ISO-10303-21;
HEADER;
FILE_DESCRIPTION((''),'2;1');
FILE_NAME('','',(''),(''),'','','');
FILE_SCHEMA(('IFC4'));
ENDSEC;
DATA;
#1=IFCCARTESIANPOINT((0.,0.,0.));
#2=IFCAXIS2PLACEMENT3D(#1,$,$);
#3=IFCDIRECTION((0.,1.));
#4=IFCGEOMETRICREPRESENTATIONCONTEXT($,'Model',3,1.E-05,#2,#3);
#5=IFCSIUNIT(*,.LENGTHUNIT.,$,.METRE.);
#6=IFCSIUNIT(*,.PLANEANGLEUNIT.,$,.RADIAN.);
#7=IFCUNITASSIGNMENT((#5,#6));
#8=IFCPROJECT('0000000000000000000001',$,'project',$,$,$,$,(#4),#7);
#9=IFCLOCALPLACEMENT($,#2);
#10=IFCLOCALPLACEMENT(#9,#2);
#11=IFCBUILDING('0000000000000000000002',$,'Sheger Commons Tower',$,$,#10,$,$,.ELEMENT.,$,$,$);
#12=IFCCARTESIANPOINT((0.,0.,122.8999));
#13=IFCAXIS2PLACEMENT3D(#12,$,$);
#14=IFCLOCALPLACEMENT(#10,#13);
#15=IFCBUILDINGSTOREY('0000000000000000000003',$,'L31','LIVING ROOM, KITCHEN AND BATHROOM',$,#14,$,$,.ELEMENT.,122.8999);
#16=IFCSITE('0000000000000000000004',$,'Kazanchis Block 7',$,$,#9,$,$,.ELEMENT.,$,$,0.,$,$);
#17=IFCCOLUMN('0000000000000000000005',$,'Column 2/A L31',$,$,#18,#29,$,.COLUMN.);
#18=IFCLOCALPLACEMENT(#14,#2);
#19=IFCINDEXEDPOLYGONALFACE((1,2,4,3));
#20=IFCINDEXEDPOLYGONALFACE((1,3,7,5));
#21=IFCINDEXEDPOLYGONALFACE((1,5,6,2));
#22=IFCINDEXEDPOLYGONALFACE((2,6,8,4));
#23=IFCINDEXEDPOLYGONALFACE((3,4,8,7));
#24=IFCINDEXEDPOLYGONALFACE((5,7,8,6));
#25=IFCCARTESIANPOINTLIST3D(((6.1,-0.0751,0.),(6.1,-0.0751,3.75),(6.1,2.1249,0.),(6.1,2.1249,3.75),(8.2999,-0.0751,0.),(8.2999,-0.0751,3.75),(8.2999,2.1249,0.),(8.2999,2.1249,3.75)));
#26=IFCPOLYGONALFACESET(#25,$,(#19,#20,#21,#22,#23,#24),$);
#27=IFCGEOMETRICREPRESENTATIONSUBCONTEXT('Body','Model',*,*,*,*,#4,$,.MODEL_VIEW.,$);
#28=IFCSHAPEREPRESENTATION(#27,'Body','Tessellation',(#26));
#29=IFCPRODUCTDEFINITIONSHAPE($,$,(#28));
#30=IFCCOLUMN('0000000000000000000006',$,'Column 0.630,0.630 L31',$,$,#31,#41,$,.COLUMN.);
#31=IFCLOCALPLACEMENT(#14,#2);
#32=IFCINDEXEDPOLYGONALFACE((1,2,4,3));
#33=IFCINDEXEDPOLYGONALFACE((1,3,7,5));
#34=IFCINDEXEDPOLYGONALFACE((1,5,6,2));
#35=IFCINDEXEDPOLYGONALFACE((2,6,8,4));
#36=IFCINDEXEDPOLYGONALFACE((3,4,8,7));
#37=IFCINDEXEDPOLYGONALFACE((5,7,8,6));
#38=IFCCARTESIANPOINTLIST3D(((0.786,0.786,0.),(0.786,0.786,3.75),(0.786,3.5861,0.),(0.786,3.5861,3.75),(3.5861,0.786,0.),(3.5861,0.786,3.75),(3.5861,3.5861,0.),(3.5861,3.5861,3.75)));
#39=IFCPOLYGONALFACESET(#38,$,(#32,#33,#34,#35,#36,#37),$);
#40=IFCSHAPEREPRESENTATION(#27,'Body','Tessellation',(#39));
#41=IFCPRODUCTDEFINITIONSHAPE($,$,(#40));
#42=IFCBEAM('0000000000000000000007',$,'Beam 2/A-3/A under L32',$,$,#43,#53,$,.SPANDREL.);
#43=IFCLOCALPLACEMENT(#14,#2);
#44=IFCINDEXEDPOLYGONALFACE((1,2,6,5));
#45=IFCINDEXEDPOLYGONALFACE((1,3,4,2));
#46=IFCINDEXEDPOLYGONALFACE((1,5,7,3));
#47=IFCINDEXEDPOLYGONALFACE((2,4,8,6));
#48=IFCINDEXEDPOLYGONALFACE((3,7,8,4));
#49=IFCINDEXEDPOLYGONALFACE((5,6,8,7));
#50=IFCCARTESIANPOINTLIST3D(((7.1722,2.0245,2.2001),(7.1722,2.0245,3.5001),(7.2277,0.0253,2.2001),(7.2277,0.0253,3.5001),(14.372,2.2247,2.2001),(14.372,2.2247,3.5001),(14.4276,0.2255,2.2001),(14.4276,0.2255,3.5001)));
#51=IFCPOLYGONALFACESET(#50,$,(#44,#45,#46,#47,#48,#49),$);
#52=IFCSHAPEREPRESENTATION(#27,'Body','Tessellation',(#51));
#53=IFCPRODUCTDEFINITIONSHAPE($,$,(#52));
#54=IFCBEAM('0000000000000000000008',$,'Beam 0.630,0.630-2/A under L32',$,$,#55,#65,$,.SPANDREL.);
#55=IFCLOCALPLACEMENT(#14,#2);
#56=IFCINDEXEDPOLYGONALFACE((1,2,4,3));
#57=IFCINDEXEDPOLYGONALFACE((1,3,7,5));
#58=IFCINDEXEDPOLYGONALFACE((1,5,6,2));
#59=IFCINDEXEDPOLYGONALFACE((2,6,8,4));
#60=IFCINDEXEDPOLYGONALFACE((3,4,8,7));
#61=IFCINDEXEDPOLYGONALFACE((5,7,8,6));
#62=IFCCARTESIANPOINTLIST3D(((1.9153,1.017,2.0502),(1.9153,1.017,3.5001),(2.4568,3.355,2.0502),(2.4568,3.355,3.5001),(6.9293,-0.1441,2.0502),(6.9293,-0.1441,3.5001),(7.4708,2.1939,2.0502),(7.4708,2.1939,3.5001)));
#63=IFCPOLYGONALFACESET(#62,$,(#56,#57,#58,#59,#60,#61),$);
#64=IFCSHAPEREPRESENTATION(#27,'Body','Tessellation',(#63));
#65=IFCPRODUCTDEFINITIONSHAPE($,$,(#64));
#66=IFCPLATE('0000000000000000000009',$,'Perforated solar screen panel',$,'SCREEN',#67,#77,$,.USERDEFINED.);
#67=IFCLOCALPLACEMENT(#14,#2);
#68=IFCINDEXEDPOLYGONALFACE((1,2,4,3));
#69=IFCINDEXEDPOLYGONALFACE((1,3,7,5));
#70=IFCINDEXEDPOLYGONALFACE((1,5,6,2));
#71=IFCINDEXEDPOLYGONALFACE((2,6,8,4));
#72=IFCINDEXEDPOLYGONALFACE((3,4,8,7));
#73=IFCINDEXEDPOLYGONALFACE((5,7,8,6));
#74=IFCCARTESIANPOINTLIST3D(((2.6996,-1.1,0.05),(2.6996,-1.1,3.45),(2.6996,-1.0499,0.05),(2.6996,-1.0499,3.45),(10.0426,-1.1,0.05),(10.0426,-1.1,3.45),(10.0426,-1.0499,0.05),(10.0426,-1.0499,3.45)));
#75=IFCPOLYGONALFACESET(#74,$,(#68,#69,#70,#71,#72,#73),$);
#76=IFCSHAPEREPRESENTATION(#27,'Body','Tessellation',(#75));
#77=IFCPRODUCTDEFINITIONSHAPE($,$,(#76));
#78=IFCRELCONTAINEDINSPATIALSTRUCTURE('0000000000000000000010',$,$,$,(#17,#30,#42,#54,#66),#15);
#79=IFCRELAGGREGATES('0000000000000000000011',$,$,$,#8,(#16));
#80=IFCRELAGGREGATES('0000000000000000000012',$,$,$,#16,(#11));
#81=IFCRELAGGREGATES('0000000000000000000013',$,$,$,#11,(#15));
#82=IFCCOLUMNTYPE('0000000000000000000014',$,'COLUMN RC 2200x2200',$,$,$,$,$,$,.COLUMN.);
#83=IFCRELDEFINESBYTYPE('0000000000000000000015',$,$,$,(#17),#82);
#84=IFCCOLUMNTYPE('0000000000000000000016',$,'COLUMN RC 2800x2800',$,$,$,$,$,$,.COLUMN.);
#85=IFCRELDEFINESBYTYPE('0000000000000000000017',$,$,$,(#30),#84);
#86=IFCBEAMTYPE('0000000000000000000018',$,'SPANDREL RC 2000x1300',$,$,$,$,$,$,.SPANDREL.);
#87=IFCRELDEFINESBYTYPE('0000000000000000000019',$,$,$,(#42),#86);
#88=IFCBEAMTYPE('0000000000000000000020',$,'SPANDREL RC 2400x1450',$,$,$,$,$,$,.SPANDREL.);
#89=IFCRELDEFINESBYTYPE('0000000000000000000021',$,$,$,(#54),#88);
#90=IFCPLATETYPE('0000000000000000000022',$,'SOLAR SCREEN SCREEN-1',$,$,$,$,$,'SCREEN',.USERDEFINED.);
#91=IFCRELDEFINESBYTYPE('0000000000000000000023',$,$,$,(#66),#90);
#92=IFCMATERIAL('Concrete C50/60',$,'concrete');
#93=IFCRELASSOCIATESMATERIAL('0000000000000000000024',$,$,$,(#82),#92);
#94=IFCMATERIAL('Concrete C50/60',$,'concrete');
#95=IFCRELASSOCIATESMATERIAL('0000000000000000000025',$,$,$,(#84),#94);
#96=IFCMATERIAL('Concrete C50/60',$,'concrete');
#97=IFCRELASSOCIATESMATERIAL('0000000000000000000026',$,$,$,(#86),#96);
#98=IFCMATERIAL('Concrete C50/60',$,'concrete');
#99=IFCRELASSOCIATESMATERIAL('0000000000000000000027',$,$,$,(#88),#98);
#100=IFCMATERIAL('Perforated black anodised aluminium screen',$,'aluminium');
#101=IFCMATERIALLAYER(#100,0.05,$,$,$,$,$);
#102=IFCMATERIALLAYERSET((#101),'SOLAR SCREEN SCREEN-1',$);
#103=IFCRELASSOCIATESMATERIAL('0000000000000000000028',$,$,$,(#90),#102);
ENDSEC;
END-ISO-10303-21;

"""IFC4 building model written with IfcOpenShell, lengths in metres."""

from ifc_helpers import new_model, si_unit, direction, frame, origin, origin_2d, place, context, subcontext, project, spatial, rectangle, extrude, material, layer, layer_set, material_profile, profile_set, type_object, element, save


model = new_model("IFC4")

# Units and contexts
model_context = context("Model", 3, precision=1e-05, world=origin(), true_north=direction((0.0, 1.0)))
body_context = subcontext(model_context, "Body", "Model", "MODEL_VIEW")
ifc_project = project(units=[si_unit("LENGTHUNIT", "METRE"), si_unit("PLANEANGLEUNIT", "RADIAN")], contexts=[model_context])

# Site, building, storey
site_placement = place(None, origin())
site = spatial("IfcSite", under=ifc_project, at=site_placement, Name="Kazanchis Block 7", CompositionType="ELEMENT", RefElevation=0.0)
building_placement = place(site_placement, origin())
building = spatial("IfcBuilding", under=site, at=building_placement, Name="Sheger Commons Tower", CompositionType="ELEMENT")
storey_placement = place(building_placement, frame((0.0, 0.0, 122.8999)))
storey = spatial("IfcBuildingStorey", under=building, at=storey_placement, Name="L31", Description="LIVING ROOM, KITCHEN AND BATHROOM", CompositionType="ELEMENT", Elevation=122.8999)

# Columns
ifc_material_1 = material(Name="Concrete C50/60", Category="concrete")
ifc_material_profile_1 = material_profile(ifc_material_1, rectangle(XDim=2.2, YDim=2.2, at=origin_2d()), Name="RC 2200x2200")
ifc_profile_set_1 = profile_set([ifc_material_profile_1], Name="Concrete C50/60")
column_type_1 = type_object("IfcColumnType", Name="COLUMN RC 2200x2200", PredefinedType="COLUMN", material=ifc_profile_set_1)
column_1_placement = place(storey_placement, frame((7.2, 1.0249, 0.0), z_axis=(0.0, 0.0, 1.0), x_axis=(1.0, 0.0, 0.0)))
element("IfcColumn", 1, at=column_1_placement, inside=storey, type_object=column_type_1, Name="Column 2/A L31", PredefinedType="COLUMN", context=body_context, shape_type="SweptSolid", body=[
    extrude(rectangle(XDim=2.2, YDim=2.2, at=origin_2d()), origin(), (0.0, 0.0, 1.0), 3.75),
])
ifc_material_2 = material(Name="Concrete C50/60", Category="concrete")
ifc_material_profile_2 = material_profile(ifc_material_2, rectangle(XDim=2.8, YDim=2.8, at=origin_2d()), Name="RC 2800x2800")
ifc_profile_set_2 = profile_set([ifc_material_profile_2], Name="Concrete C50/60")
column_type_2 = type_object("IfcColumnType", Name="COLUMN RC 2800x2800", PredefinedType="COLUMN", material=ifc_profile_set_2)
column_2_placement = place(storey_placement, frame((2.186, 2.186, 0.0), z_axis=(0.0, 0.0, 1.0), x_axis=(1.0, 0.0, 0.0)))
element("IfcColumn", 2, at=column_2_placement, inside=storey, type_object=column_type_2, Name="Column 0.630,0.630 L31", PredefinedType="COLUMN", context=body_context, shape_type="SweptSolid", body=[
    extrude(rectangle(XDim=2.8, YDim=2.8, at=origin_2d()), origin(), (0.0, 0.0, 1.0), 3.75),
])

# Beams
ifc_material_3 = material(Name="Concrete C50/60", Category="concrete")
ifc_material_profile_3 = material_profile(ifc_material_3, rectangle(XDim=2.0, YDim=1.3, at=origin_2d()), Name="RC 2000x1300")
ifc_profile_set_3 = profile_set([ifc_material_profile_3], Name="Concrete C50/60")
beam_type_1 = type_object("IfcBeamType", Name="SPANDREL RC 2000x1300", PredefinedType="SPANDREL", material=ifc_profile_set_3)
beam_1_placement = place(storey_placement, frame((7.2, 1.0249, 2.8501), z_axis=(0.999614, 0.027794, 0.0), x_axis=(-0.027794, 0.999614, 0.0)))
element("IfcBeam", 3, at=beam_1_placement, inside=storey, type_object=beam_type_1, Name="Beam 2/A-3/A under L32", PredefinedType="SPANDREL", context=body_context, shape_type="SweptSolid", body=[
    extrude(rectangle(XDim=2.0, YDim=1.3, at=origin_2d()), origin(), (0.0, 0.0, 1.0), 7.2026),
])
ifc_material_4 = material(Name="Concrete C50/60", Category="concrete")
ifc_material_profile_4 = material_profile(ifc_material_4, rectangle(XDim=2.3999, YDim=1.45, at=origin_2d()), Name="RC 2400x1450")
ifc_profile_set_4 = profile_set([ifc_material_profile_4], Name="Concrete C50/60")
beam_type_2 = type_object("IfcBeamType", Name="SPANDREL RC 2400x1450", PredefinedType="SPANDREL", material=ifc_profile_set_4)
beam_2_placement = place(storey_placement, frame((2.186, 2.186, 2.7751), z_axis=(0.974217, -0.225611, 0.0), x_axis=(0.225611, 0.974217, 0.0)))
element("IfcBeam", 4, at=beam_2_placement, inside=storey, type_object=beam_type_2, Name="Beam 0.630,0.630-2/A under L32", PredefinedType="SPANDREL", context=body_context, shape_type="SweptSolid", body=[
    extrude(rectangle(XDim=2.3999, YDim=1.45, at=origin_2d()), origin(), (0.0, 0.0, 1.0), 5.1467),
])

# Plate
ifc_material_5 = material(Name="Perforated black anodised aluminium screen", Category="aluminium")
ifc_layer_1 = layer(ifc_material_5, 0.05)
ifc_layer_set_1 = layer_set([ifc_layer_1], Name="SOLAR SCREEN SCREEN-1")
plate_type = type_object("IfcPlateType", Name="SOLAR SCREEN SCREEN-1", ElementType="SCREEN", PredefinedType="USERDEFINED", material=ifc_layer_set_1)
plate_placement = place(storey_placement, frame((6.3711, -1.075, 0.05), z_axis=(0.0, 0.0, 1.0), x_axis=(1.0, 0.0, 0.0)))
element("IfcPlate", 5, at=plate_placement, inside=storey, type_object=plate_type, Name="Perforated solar screen panel", ObjectType="SCREEN", PredefinedType="USERDEFINED", context=body_context, shape_type="SweptSolid", body=[
    extrude(rectangle(XDim=7.343, YDim=0.05, at=origin_2d()), origin(), (0.0, 0.0, 1.0), 3.3999),
])

save(model, "model.ifc")
